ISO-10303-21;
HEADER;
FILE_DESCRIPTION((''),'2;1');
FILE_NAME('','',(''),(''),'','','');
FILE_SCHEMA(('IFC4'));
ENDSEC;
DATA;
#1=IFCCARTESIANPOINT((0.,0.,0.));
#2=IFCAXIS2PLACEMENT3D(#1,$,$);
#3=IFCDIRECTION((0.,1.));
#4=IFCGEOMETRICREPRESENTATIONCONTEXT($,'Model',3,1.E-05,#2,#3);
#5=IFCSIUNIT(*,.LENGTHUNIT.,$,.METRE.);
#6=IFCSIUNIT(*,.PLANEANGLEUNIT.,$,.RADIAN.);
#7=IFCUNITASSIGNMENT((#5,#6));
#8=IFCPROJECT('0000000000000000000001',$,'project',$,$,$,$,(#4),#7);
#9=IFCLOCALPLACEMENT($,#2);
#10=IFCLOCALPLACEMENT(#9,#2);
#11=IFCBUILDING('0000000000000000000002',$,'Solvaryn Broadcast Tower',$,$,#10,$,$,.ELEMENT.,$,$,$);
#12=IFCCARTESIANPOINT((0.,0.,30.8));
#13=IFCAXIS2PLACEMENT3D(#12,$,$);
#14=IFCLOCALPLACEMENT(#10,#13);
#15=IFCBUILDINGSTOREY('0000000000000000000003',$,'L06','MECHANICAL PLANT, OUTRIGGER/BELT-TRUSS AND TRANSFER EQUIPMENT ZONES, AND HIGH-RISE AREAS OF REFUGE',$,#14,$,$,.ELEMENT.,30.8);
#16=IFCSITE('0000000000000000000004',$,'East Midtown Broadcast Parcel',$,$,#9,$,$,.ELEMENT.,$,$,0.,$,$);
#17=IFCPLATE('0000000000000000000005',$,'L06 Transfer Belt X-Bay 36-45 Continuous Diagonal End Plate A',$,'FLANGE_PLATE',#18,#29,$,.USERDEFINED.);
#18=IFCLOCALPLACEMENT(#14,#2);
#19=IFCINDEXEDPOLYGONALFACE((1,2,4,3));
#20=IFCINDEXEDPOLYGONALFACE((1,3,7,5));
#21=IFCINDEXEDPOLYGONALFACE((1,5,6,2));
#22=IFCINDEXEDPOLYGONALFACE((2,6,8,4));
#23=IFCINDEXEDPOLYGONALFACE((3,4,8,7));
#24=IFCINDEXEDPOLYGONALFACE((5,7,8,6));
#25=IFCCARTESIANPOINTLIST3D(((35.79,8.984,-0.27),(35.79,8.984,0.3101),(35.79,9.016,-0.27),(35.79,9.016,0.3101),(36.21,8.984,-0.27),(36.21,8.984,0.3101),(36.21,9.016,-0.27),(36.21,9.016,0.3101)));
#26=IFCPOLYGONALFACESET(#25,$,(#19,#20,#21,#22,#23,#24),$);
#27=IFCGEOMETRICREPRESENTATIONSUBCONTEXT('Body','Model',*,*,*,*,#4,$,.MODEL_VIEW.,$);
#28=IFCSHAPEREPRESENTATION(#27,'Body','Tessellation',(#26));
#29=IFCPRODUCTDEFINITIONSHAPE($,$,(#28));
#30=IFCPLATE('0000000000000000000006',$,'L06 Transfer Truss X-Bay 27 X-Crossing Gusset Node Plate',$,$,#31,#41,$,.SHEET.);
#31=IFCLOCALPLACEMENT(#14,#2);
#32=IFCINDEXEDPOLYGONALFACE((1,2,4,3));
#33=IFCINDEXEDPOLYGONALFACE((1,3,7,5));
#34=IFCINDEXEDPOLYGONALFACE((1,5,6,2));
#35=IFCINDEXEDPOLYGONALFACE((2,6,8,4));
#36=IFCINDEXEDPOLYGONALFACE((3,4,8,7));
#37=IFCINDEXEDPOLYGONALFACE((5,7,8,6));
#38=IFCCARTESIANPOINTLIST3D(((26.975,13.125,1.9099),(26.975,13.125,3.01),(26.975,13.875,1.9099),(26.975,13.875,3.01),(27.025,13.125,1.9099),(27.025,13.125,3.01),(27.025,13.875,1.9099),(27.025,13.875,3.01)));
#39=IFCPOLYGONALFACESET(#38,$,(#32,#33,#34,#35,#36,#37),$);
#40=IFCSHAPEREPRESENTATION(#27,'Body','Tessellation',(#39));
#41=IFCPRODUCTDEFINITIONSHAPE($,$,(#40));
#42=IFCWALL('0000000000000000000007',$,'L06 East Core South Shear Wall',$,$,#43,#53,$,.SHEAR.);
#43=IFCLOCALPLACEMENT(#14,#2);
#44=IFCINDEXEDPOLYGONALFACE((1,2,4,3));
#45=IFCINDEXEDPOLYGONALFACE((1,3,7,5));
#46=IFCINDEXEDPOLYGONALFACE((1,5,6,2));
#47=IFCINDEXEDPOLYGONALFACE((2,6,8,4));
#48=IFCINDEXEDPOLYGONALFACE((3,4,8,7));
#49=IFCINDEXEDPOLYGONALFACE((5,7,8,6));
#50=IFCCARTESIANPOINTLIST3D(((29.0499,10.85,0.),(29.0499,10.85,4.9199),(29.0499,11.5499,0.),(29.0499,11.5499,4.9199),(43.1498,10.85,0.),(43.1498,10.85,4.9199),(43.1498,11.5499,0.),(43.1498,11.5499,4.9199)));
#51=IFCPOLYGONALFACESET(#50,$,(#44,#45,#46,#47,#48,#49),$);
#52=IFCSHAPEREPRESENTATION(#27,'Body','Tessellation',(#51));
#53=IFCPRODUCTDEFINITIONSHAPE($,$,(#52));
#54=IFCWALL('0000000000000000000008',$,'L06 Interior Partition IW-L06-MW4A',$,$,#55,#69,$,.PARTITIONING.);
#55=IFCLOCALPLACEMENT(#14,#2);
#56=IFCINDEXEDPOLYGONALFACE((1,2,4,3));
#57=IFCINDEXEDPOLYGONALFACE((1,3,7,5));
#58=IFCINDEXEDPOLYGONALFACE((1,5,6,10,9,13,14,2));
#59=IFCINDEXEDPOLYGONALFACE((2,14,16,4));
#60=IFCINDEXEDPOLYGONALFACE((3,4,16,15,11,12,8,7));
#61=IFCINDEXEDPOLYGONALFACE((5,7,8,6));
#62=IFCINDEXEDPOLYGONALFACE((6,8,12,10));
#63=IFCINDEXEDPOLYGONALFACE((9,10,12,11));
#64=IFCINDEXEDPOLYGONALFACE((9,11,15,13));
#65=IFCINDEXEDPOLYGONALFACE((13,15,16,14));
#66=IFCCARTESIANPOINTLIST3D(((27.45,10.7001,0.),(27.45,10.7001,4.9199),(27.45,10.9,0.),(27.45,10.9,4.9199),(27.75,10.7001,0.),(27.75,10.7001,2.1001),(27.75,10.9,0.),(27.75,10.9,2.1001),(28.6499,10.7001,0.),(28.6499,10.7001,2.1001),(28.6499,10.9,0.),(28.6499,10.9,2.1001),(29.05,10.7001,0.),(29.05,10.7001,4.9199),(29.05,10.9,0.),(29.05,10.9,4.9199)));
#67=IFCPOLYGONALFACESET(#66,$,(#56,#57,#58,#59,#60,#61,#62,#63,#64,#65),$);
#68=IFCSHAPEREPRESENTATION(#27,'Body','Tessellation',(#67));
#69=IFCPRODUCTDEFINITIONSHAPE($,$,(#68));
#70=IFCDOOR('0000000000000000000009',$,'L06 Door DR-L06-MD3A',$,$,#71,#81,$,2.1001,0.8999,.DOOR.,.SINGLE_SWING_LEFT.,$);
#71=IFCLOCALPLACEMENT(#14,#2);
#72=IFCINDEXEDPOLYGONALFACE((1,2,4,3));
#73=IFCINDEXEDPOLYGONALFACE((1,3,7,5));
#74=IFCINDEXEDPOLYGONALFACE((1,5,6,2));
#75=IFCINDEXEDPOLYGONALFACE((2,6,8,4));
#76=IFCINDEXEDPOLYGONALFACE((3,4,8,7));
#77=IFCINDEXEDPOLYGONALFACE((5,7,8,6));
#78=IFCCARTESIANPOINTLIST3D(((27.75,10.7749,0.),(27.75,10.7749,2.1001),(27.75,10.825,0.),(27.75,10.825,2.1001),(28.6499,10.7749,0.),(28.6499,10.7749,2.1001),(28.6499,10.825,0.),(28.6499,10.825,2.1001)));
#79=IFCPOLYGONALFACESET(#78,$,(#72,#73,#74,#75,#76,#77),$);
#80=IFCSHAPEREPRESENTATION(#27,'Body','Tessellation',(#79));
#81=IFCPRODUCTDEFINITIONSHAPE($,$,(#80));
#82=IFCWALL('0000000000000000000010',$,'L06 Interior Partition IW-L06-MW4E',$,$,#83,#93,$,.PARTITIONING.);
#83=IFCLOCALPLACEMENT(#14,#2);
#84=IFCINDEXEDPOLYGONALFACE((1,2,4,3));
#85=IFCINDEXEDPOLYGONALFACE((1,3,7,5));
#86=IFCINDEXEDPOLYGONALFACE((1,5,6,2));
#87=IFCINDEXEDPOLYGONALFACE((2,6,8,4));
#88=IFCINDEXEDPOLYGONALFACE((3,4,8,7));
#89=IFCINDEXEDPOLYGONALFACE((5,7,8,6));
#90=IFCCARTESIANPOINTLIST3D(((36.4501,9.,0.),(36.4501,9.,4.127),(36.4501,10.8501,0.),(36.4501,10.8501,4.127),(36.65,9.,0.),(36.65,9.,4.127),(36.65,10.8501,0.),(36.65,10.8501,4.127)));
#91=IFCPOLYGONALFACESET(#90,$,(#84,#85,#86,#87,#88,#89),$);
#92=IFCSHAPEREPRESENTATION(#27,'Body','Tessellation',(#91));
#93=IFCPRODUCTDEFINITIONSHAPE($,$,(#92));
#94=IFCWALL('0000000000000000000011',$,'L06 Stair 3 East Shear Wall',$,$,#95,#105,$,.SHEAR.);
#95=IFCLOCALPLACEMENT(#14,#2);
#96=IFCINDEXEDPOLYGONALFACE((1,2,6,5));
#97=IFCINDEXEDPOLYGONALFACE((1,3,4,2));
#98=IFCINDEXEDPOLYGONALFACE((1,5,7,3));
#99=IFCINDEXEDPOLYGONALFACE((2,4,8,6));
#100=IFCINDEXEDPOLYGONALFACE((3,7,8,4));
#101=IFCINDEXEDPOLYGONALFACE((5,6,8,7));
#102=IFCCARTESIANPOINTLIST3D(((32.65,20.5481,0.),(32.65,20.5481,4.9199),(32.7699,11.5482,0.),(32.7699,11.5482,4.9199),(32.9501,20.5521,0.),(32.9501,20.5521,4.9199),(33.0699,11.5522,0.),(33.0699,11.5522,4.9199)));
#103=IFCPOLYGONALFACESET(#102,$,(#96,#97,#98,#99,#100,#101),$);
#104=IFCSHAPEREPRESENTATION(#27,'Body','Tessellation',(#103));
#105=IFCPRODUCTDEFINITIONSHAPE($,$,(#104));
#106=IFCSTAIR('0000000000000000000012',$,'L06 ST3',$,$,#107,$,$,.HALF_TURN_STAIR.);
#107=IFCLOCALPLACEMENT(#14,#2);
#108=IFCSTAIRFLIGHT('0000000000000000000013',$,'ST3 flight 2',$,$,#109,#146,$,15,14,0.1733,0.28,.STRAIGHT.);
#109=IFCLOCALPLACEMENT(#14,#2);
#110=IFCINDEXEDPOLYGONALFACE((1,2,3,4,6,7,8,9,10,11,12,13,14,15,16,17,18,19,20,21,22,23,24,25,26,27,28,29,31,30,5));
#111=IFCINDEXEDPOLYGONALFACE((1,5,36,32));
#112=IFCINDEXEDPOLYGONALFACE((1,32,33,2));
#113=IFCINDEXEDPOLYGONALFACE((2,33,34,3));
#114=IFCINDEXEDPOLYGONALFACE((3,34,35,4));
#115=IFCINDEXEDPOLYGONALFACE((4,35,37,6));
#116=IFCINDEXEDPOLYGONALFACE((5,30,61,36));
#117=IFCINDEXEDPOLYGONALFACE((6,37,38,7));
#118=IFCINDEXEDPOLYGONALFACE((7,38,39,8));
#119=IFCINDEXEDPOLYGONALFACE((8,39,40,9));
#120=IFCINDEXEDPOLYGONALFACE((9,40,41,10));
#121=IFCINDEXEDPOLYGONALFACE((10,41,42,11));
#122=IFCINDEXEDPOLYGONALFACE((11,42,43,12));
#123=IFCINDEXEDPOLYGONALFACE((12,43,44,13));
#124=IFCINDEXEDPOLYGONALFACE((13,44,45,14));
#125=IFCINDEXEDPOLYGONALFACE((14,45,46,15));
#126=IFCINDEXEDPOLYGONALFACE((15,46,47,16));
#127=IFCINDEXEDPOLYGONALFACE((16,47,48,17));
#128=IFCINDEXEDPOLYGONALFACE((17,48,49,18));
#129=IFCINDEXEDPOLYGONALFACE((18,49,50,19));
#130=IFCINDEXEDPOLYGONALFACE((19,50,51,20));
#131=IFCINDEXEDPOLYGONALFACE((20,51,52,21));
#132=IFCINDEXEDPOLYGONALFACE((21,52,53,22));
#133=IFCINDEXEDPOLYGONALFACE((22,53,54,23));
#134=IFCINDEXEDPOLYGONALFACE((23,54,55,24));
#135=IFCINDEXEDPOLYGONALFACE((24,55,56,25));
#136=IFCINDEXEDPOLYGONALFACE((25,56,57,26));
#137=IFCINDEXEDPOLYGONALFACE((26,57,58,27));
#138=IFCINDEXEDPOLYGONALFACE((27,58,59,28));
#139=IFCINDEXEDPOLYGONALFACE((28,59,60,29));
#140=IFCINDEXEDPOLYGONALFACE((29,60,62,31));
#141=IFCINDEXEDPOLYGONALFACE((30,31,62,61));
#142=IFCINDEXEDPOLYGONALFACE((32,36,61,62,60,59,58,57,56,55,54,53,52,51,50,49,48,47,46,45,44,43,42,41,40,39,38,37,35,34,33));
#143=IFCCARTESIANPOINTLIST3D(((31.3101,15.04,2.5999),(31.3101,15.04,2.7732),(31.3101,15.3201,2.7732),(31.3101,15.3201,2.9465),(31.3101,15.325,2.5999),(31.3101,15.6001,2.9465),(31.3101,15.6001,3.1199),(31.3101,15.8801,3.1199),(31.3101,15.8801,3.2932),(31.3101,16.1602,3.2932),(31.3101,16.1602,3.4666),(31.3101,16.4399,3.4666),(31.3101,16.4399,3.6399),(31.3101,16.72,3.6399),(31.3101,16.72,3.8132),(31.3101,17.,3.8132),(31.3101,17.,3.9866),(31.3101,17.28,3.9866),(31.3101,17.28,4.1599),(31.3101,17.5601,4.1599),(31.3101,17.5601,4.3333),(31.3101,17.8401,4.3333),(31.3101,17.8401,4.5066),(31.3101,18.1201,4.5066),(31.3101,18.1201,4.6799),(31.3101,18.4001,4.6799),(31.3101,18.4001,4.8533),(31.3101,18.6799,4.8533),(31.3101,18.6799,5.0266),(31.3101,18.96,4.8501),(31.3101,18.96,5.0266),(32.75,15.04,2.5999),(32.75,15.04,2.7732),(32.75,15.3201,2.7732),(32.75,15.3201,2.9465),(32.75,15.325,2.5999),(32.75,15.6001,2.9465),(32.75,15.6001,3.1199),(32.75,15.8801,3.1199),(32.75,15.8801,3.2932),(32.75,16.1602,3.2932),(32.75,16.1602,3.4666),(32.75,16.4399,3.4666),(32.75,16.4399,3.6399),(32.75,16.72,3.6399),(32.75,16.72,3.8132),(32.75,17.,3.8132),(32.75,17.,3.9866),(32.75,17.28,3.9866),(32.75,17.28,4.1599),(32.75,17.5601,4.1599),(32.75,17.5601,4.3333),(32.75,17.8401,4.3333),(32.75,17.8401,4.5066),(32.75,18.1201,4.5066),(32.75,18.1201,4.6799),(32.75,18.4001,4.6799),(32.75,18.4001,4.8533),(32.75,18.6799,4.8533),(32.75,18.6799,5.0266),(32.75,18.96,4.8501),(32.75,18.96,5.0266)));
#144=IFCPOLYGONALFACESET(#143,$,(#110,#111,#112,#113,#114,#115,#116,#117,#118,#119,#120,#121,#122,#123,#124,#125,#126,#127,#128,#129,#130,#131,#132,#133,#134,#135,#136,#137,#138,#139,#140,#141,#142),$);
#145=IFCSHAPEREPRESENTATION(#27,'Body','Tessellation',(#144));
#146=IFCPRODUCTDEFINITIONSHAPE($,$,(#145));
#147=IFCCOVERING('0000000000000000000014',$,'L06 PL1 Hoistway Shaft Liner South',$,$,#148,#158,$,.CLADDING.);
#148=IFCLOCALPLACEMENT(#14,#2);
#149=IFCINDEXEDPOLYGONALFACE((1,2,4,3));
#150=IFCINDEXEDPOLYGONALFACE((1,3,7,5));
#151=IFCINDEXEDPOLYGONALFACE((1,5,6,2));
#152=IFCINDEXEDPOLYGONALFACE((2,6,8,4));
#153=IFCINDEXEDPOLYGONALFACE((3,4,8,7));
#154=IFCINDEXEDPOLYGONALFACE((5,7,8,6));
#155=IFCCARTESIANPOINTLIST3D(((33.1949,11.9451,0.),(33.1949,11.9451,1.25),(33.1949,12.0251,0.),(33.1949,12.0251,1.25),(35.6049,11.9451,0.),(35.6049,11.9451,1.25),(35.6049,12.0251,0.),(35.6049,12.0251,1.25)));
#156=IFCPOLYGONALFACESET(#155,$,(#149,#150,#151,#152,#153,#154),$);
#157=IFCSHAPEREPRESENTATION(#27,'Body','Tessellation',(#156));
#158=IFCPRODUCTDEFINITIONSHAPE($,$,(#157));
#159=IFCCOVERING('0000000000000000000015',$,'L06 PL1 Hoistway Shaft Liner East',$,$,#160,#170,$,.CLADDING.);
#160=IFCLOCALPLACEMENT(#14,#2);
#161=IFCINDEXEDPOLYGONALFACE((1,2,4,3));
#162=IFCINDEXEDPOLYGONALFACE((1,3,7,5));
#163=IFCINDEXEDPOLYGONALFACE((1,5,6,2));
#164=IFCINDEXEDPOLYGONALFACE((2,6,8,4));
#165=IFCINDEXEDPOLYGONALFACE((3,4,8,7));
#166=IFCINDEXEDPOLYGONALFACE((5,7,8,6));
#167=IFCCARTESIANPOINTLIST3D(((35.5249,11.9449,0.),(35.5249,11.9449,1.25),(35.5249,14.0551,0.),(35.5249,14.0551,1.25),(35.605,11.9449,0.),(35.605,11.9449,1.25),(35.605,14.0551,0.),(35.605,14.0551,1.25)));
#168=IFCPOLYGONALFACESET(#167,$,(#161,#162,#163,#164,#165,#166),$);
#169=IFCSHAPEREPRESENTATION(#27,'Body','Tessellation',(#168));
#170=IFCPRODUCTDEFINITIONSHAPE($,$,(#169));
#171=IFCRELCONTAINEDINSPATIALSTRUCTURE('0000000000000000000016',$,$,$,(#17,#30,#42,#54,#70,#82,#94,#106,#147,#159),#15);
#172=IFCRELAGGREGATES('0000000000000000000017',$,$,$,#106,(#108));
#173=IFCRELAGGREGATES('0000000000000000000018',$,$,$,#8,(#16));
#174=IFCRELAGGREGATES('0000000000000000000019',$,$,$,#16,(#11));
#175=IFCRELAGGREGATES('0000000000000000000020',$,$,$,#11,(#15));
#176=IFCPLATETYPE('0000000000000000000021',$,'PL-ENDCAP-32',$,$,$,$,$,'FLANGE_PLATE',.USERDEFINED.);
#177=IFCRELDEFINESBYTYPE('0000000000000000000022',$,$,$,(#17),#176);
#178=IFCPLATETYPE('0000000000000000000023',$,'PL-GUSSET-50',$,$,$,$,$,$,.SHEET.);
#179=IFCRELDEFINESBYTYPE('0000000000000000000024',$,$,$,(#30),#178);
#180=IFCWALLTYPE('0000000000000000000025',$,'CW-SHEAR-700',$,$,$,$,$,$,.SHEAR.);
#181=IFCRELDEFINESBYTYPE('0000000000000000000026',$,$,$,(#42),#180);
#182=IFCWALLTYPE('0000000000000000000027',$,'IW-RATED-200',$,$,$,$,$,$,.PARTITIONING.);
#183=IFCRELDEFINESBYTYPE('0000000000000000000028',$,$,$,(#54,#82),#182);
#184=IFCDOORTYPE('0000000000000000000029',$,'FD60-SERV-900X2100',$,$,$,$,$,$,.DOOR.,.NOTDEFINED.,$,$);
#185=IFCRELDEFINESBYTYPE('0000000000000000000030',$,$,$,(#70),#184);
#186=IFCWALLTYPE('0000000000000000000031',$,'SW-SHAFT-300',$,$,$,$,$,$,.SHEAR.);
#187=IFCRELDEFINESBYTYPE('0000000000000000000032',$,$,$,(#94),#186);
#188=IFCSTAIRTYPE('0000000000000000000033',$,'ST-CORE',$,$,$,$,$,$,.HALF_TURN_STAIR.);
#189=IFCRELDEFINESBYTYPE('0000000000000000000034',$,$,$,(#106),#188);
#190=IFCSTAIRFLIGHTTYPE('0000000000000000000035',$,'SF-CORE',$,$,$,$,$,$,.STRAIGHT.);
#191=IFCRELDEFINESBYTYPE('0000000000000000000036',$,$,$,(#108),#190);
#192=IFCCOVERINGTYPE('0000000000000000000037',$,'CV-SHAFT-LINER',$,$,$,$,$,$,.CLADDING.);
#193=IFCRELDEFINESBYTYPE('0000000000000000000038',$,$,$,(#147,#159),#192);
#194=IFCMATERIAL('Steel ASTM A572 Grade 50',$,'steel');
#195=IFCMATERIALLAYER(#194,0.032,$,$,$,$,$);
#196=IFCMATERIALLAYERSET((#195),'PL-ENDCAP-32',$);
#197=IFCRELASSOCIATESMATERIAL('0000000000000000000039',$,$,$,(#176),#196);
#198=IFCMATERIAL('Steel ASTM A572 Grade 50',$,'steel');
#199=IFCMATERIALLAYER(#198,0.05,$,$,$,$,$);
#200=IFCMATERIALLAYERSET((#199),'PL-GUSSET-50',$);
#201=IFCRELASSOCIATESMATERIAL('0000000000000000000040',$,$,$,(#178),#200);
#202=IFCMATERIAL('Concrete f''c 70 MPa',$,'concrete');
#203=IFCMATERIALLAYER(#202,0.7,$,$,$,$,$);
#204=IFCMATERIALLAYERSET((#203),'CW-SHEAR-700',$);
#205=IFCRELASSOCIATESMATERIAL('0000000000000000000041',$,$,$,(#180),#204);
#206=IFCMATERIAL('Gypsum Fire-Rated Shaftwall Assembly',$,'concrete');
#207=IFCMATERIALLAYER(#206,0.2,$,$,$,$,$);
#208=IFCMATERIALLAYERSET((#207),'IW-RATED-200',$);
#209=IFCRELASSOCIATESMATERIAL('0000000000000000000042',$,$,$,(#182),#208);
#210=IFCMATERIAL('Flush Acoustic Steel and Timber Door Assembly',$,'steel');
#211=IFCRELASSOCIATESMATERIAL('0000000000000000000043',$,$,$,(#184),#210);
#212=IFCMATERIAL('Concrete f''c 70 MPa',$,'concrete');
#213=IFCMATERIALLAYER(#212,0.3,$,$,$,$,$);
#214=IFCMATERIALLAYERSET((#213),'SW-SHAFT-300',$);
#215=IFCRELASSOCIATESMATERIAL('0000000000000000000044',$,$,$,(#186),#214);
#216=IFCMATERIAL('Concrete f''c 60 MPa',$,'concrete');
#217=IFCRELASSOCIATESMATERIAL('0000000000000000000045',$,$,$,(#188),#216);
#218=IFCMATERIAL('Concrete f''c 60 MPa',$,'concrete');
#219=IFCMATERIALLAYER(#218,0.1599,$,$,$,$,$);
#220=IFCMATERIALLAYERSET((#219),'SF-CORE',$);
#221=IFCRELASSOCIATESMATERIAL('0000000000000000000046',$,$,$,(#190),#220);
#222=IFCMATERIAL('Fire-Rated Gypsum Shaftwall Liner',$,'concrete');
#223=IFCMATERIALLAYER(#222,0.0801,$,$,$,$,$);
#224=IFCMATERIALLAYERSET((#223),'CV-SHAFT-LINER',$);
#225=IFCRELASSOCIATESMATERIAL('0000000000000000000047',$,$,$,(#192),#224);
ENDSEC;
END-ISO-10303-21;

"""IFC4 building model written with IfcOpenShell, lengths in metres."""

from ifc_helpers import new_model, si_unit, direction, frame, frame_2d, origin, origin_2d, place, context, subcontext, project, spatial, polyline, rectangle, outline, extrude, material, layer, layer_set, type_object, element, fill, aggregate, save


model = new_model("IFC4")

# Units and contexts
model_context = context("Model", 3, precision=1e-05, world=origin(), true_north=direction((0.0, 1.0)))
body_context = subcontext(model_context, "Body", "Model", "MODEL_VIEW")
ifc_project = project(units=[si_unit("LENGTHUNIT", "METRE"), si_unit("PLANEANGLEUNIT", "RADIAN")], contexts=[model_context])

# Site, building, storey
site_placement = place(None, origin())
site = spatial("IfcSite", under=ifc_project, at=site_placement, Name="East Midtown Broadcast Parcel", CompositionType="ELEMENT", RefElevation=0.0)
building_placement = place(site_placement, origin())
building = spatial("IfcBuilding", under=site, at=building_placement, Name="Solvaryn Broadcast Tower", CompositionType="ELEMENT")
storey_placement = place(building_placement, frame((0.0, 0.0, 30.8)))
storey = spatial("IfcBuildingStorey", under=building, at=storey_placement, Name="L06", Description="MECHANICAL PLANT, OUTRIGGER/BELT-TRUSS AND TRANSFER EQUIPMENT ZONES, AND HIGH-RISE AREAS OF REFUGE", CompositionType="ELEMENT", Elevation=30.8)

# Plates
ifc_material_1 = material(Name="Steel ASTM A572 Grade 50", Category="steel")
ifc_layer_1 = layer(ifc_material_1, 0.032)
ifc_layer_set_1 = layer_set([ifc_layer_1], Name="PL-ENDCAP-32")
plate_type_1 = type_object("IfcPlateType", Name="PL-ENDCAP-32", ElementType="FLANGE_PLATE", PredefinedType="USERDEFINED", material=ifc_layer_set_1)
plate_1_placement = place(storey_placement, frame((36.0, 9.0, -0.27), z_axis=(0.0, 0.0, 1.0), x_axis=(1.0, 0.0, 0.0)))
element("IfcPlate", 1, at=plate_1_placement, inside=storey, type_object=plate_type_1, Name="L06 Transfer Belt X-Bay 36-45 Continuous Diagonal End Plate A", ObjectType="FLANGE_PLATE", PredefinedType="USERDEFINED", context=body_context, shape_type="SweptSolid", body=[
    extrude(rectangle(XDim=0.4199, YDim=0.032, at=origin_2d()), origin(), (0.0, 0.0, 1.0), 0.5801),
])
ifc_material_2 = material(Name="Steel ASTM A572 Grade 50", Category="steel")
ifc_layer_2 = layer(ifc_material_2, 0.05)
ifc_layer_set_2 = layer_set([ifc_layer_2], Name="PL-GUSSET-50")
plate_type_2 = type_object("IfcPlateType", Name="PL-GUSSET-50", PredefinedType="SHEET", material=ifc_layer_set_2)
plate_2_placement = place(storey_placement, frame((27.0, 13.5, 1.9099), z_axis=(0.0, 0.0, 1.0), x_axis=(1.0, 0.0, 0.0)))
element("IfcPlate", 2, at=plate_2_placement, inside=storey, type_object=plate_type_2, Name="L06 Transfer Truss X-Bay 27 X-Crossing Gusset Node Plate", PredefinedType="SHEET", context=body_context, shape_type="SweptSolid", body=[
    extrude(rectangle(XDim=0.05, YDim=0.75, at=origin_2d()), origin(), (0.0, 0.0, 1.0), 1.1001),
])

# Wall
ifc_material_3 = material(Name="Concrete f'c 70 MPa", Category="concrete")
ifc_layer_3 = layer(ifc_material_3, 0.7)
ifc_layer_set_3 = layer_set([ifc_layer_3], Name="CW-SHEAR-700")
wall_type_1 = type_object("IfcWallType", Name="CW-SHEAR-700", PredefinedType="SHEAR", material=ifc_layer_set_3)
wall_1_placement = place(storey_placement, frame((29.05, 11.2, 0.0), z_axis=(0.0, 0.0, 1.0), x_axis=(1.0, 0.0, 0.0)))
element("IfcWall", 3, at=wall_1_placement, inside=storey, type_object=wall_type_1, Name="L06 East Core South Shear Wall", PredefinedType="SHEAR", context=body_context, shape_type="SweptSolid", body=[
    extrude(rectangle(XDim=14.0999, YDim=0.7, at=frame_2d((7.0498, 0.0))), origin(), (0.0, 0.0, 1.0), 4.9199),
])

# Wall, opening, door
ifc_material_4 = material(Name="Gypsum Fire-Rated Shaftwall Assembly", Category="concrete")
ifc_layer_4 = layer(ifc_material_4, 0.2)
ifc_layer_set_4 = layer_set([ifc_layer_4], Name="IW-RATED-200")
wall_type_2 = type_object("IfcWallType", Name="IW-RATED-200", PredefinedType="PARTITIONING", material=ifc_layer_set_4)
wall_2_placement = place(storey_placement, frame((27.45, 10.8, 0.0), z_axis=(0.0, 0.0, 1.0), x_axis=(1.0, 0.0, 0.0)))
wall_2 = element("IfcWall", 4, at=wall_2_placement, inside=storey, type_object=wall_type_2, Name="L06 Interior Partition IW-L06-MW4A", PredefinedType="PARTITIONING", context=body_context, shape_type="SweptSolid", body=[
    extrude(rectangle(XDim=1.6001, YDim=0.2, at=frame_2d((0.8, 0.0))), origin(), (0.0, 0.0, 1.0), 4.9199),
])
opening_1_placement = place(wall_2_placement, frame((0.3, 0.0, 0.0)))
opening_1 = element("IfcOpeningElement", 5, at=opening_1_placement, cuts=wall_2, PredefinedType="OPENING", context=body_context, shape_type="SweptSolid", body=[
    extrude(rectangle(XDim=0.8999, YDim=2.1001, at=frame_2d((0.45, 1.05))), frame((0.0, 0.1101, 0.0), z_axis=(0.0, -1.0, 0.0), x_axis=(1.0, 0.0, 0.0)), (0.0, 0.0, 1.0), 0.22),
])
ifc_material_5 = material(Name="Flush Acoustic Steel and Timber Door Assembly", Category="steel")
door_type_1 = type_object("IfcDoorType", Name="FD60-SERV-900X2100", OperationType="NOTDEFINED", PredefinedType="DOOR", material=ifc_material_5)
door_1_placement = place(opening_1_placement, origin())
door_1 = element("IfcDoor", 6, at=door_1_placement, inside=storey, type_object=door_type_1, Name="L06 Door DR-L06-MD3A", OperationType="SINGLE_SWING_LEFT", OverallHeight=2.1001, OverallWidth=0.8999, PredefinedType="DOOR", context=body_context, shape_type="SweptSolid", body=[
    extrude(rectangle(XDim=0.8999, YDim=2.1001, at=frame_2d((0.45, 1.05))), frame((0.0, 0.0249, 0.0), z_axis=(0.0, -1.0, 0.0), x_axis=(1.0, 0.0, 0.0)), (0.0, 0.0, 1.0), 0.05),
])
fill(opening_1, door_1)

# Wall
wall_3_placement = place(storey_placement, frame((36.55, 9.0, 0.0), z_axis=(0.0, 0.0, 1.0), x_axis=(0.0, 1.0, 0.0)))
element("IfcWall", 7, at=wall_3_placement, inside=storey, type_object=wall_type_2, Name="L06 Interior Partition IW-L06-MW4E", PredefinedType="PARTITIONING", context=body_context, shape_type="SweptSolid", body=[
    extrude(rectangle(XDim=1.8501, YDim=0.2, at=frame_2d((0.925, 0.0))), origin(), (0.0, 0.0, 1.0), 4.127),
])

# Wall
ifc_material_6 = material(Name="Concrete f'c 70 MPa", Category="concrete")
ifc_layer_5 = layer(ifc_material_6, 0.3)
ifc_layer_set_5 = layer_set([ifc_layer_5], Name="SW-SHAFT-300")
wall_type_3 = type_object("IfcWallType", Name="SW-SHAFT-300", PredefinedType="SHEAR", material=ifc_layer_set_5)
wall_4_placement = place(storey_placement, frame((32.9199, 11.55, 0.0), z_axis=(0.0, 0.0, 1.0), x_axis=(-0.013318, 0.999911, 0.0)))
element("IfcWall", 8, at=wall_4_placement, inside=storey, type_object=wall_type_3, Name="L06 Stair 3 East Shear Wall", PredefinedType="SHEAR", context=body_context, shape_type="SweptSolid", body=[
    extrude(rectangle(XDim=9.0007, YDim=0.3, at=frame_2d((4.5005, 0.0))), origin(), (0.0, 0.0, 1.0), 4.9199),
])

# Stair, stair flight
ifc_material_7 = material(Name="Concrete f'c 60 MPa", Category="concrete")
stair_type = type_object("IfcStairType", Name="ST-CORE", PredefinedType="HALF_TURN_STAIR", material=ifc_material_7)
stair_placement = place(storey_placement, origin())
stair = element("IfcStair", 9, at=stair_placement, inside=storey, type_object=stair_type, Name="L06 ST3", PredefinedType="HALF_TURN_STAIR")
ifc_material_8 = material(Name="Concrete f'c 60 MPa", Category="concrete")
ifc_layer_6 = layer(ifc_material_8, 0.1599)
ifc_layer_set_6 = layer_set([ifc_layer_6], Name="SF-CORE")
stair_flight_type = type_object("IfcStairFlightType", Name="SF-CORE", PredefinedType="STRAIGHT", material=ifc_layer_set_6)
stair_flight_placement = place(storey_placement, frame((32.03, 15.04, 2.5999), z_axis=(0.0, 0.0, 1.0), x_axis=(0.0, 1.0, 0.0)))
stair_flight = element("IfcStairFlight", 10, at=stair_flight_placement, type_object=stair_flight_type, Name="ST3 flight 2", NumberOfRisers=15, NumberOfTreads=14, PredefinedType="STRAIGHT", RiserHeight=0.1733, TreadLength=0.28, context=body_context, shape_type="SweptSolid", body=[
    extrude(outline(polyline([(0.0, 0.0), (0.0, 0.1733), (0.28, 0.1733), (0.28, 0.3467), (0.5601, 0.3467), (0.5601, 0.52), (0.8401, 0.52), (0.8401, 0.6934), (1.1201, 0.6934), (1.1201, 0.8667), (1.3999, 0.8667), (1.3999, 1.04), (1.6799, 1.04), (1.6799, 1.2134), (1.96, 1.2134), (1.96, 1.3867), (2.24, 1.3867), (2.24, 1.5601), (2.52, 1.5601), (2.52, 1.7334), (2.8, 1.7334), (2.8, 1.9067), (3.0801, 1.9067), (3.0801, 2.0801), (3.3601, 2.0801), (3.3601, 2.2534), (3.6399, 2.2534), (3.6399, 2.4268), (3.9199, 2.4268), (3.9199, 2.6001), (3.9199, 2.2502), (0.2849, 0.0), (0.0, 0.0)])), frame((0.0, 0.72, 0.0), z_axis=(0.0, -1.0, 0.0), x_axis=(1.0, 0.0, 0.0)), (0.0, 0.0, 1.0), 1.4399),
])
aggregate(stair, [stair_flight])

# Coverings
ifc_material_9 = material(Name="Fire-Rated Gypsum Shaftwall Liner", Category="concrete")
ifc_layer_7 = layer(ifc_material_9, 0.0801)
ifc_layer_set_7 = layer_set([ifc_layer_7], Name="CV-SHAFT-LINER")
covering_type = type_object("IfcCoveringType", Name="CV-SHAFT-LINER", PredefinedType="CLADDING", material=ifc_layer_set_7)
covering_1_placement = place(storey_placement, frame((34.3999, 11.9851, 0.0), z_axis=(0.0, 0.0, 1.0), x_axis=(1.0, 0.0, 0.0)))
element("IfcCovering", 11, at=covering_1_placement, inside=storey, type_object=covering_type, Name="L06 PL1 Hoistway Shaft Liner South", PredefinedType="CLADDING", context=body_context, shape_type="SweptSolid", body=[
    extrude(rectangle(XDim=2.4099, YDim=0.0801, at=origin_2d()), origin(), (0.0, 0.0, 1.0), 1.25),
])
for number, where, z_axis, x_axis, name in (
    (12, (35.5649, 13.0, 0.0), (0.0, 0.0, 1.0), (1.0, 0.0, 0.0), "L06 PL1 Hoistway Shaft Liner East"),
):
    element("IfcCovering", number, at=place(storey_placement, frame(where, z_axis=z_axis, x_axis=x_axis)), inside=storey, type_object=covering_type, Name=name, PredefinedType="CLADDING", context=body_context, shape_type="SweptSolid", body=[
        extrude(rectangle(XDim=0.0801, YDim=2.1101, at=origin_2d()), origin(), (0.0, 0.0, 1.0), 1.25),
    ])

save(model, "model.ifc")
